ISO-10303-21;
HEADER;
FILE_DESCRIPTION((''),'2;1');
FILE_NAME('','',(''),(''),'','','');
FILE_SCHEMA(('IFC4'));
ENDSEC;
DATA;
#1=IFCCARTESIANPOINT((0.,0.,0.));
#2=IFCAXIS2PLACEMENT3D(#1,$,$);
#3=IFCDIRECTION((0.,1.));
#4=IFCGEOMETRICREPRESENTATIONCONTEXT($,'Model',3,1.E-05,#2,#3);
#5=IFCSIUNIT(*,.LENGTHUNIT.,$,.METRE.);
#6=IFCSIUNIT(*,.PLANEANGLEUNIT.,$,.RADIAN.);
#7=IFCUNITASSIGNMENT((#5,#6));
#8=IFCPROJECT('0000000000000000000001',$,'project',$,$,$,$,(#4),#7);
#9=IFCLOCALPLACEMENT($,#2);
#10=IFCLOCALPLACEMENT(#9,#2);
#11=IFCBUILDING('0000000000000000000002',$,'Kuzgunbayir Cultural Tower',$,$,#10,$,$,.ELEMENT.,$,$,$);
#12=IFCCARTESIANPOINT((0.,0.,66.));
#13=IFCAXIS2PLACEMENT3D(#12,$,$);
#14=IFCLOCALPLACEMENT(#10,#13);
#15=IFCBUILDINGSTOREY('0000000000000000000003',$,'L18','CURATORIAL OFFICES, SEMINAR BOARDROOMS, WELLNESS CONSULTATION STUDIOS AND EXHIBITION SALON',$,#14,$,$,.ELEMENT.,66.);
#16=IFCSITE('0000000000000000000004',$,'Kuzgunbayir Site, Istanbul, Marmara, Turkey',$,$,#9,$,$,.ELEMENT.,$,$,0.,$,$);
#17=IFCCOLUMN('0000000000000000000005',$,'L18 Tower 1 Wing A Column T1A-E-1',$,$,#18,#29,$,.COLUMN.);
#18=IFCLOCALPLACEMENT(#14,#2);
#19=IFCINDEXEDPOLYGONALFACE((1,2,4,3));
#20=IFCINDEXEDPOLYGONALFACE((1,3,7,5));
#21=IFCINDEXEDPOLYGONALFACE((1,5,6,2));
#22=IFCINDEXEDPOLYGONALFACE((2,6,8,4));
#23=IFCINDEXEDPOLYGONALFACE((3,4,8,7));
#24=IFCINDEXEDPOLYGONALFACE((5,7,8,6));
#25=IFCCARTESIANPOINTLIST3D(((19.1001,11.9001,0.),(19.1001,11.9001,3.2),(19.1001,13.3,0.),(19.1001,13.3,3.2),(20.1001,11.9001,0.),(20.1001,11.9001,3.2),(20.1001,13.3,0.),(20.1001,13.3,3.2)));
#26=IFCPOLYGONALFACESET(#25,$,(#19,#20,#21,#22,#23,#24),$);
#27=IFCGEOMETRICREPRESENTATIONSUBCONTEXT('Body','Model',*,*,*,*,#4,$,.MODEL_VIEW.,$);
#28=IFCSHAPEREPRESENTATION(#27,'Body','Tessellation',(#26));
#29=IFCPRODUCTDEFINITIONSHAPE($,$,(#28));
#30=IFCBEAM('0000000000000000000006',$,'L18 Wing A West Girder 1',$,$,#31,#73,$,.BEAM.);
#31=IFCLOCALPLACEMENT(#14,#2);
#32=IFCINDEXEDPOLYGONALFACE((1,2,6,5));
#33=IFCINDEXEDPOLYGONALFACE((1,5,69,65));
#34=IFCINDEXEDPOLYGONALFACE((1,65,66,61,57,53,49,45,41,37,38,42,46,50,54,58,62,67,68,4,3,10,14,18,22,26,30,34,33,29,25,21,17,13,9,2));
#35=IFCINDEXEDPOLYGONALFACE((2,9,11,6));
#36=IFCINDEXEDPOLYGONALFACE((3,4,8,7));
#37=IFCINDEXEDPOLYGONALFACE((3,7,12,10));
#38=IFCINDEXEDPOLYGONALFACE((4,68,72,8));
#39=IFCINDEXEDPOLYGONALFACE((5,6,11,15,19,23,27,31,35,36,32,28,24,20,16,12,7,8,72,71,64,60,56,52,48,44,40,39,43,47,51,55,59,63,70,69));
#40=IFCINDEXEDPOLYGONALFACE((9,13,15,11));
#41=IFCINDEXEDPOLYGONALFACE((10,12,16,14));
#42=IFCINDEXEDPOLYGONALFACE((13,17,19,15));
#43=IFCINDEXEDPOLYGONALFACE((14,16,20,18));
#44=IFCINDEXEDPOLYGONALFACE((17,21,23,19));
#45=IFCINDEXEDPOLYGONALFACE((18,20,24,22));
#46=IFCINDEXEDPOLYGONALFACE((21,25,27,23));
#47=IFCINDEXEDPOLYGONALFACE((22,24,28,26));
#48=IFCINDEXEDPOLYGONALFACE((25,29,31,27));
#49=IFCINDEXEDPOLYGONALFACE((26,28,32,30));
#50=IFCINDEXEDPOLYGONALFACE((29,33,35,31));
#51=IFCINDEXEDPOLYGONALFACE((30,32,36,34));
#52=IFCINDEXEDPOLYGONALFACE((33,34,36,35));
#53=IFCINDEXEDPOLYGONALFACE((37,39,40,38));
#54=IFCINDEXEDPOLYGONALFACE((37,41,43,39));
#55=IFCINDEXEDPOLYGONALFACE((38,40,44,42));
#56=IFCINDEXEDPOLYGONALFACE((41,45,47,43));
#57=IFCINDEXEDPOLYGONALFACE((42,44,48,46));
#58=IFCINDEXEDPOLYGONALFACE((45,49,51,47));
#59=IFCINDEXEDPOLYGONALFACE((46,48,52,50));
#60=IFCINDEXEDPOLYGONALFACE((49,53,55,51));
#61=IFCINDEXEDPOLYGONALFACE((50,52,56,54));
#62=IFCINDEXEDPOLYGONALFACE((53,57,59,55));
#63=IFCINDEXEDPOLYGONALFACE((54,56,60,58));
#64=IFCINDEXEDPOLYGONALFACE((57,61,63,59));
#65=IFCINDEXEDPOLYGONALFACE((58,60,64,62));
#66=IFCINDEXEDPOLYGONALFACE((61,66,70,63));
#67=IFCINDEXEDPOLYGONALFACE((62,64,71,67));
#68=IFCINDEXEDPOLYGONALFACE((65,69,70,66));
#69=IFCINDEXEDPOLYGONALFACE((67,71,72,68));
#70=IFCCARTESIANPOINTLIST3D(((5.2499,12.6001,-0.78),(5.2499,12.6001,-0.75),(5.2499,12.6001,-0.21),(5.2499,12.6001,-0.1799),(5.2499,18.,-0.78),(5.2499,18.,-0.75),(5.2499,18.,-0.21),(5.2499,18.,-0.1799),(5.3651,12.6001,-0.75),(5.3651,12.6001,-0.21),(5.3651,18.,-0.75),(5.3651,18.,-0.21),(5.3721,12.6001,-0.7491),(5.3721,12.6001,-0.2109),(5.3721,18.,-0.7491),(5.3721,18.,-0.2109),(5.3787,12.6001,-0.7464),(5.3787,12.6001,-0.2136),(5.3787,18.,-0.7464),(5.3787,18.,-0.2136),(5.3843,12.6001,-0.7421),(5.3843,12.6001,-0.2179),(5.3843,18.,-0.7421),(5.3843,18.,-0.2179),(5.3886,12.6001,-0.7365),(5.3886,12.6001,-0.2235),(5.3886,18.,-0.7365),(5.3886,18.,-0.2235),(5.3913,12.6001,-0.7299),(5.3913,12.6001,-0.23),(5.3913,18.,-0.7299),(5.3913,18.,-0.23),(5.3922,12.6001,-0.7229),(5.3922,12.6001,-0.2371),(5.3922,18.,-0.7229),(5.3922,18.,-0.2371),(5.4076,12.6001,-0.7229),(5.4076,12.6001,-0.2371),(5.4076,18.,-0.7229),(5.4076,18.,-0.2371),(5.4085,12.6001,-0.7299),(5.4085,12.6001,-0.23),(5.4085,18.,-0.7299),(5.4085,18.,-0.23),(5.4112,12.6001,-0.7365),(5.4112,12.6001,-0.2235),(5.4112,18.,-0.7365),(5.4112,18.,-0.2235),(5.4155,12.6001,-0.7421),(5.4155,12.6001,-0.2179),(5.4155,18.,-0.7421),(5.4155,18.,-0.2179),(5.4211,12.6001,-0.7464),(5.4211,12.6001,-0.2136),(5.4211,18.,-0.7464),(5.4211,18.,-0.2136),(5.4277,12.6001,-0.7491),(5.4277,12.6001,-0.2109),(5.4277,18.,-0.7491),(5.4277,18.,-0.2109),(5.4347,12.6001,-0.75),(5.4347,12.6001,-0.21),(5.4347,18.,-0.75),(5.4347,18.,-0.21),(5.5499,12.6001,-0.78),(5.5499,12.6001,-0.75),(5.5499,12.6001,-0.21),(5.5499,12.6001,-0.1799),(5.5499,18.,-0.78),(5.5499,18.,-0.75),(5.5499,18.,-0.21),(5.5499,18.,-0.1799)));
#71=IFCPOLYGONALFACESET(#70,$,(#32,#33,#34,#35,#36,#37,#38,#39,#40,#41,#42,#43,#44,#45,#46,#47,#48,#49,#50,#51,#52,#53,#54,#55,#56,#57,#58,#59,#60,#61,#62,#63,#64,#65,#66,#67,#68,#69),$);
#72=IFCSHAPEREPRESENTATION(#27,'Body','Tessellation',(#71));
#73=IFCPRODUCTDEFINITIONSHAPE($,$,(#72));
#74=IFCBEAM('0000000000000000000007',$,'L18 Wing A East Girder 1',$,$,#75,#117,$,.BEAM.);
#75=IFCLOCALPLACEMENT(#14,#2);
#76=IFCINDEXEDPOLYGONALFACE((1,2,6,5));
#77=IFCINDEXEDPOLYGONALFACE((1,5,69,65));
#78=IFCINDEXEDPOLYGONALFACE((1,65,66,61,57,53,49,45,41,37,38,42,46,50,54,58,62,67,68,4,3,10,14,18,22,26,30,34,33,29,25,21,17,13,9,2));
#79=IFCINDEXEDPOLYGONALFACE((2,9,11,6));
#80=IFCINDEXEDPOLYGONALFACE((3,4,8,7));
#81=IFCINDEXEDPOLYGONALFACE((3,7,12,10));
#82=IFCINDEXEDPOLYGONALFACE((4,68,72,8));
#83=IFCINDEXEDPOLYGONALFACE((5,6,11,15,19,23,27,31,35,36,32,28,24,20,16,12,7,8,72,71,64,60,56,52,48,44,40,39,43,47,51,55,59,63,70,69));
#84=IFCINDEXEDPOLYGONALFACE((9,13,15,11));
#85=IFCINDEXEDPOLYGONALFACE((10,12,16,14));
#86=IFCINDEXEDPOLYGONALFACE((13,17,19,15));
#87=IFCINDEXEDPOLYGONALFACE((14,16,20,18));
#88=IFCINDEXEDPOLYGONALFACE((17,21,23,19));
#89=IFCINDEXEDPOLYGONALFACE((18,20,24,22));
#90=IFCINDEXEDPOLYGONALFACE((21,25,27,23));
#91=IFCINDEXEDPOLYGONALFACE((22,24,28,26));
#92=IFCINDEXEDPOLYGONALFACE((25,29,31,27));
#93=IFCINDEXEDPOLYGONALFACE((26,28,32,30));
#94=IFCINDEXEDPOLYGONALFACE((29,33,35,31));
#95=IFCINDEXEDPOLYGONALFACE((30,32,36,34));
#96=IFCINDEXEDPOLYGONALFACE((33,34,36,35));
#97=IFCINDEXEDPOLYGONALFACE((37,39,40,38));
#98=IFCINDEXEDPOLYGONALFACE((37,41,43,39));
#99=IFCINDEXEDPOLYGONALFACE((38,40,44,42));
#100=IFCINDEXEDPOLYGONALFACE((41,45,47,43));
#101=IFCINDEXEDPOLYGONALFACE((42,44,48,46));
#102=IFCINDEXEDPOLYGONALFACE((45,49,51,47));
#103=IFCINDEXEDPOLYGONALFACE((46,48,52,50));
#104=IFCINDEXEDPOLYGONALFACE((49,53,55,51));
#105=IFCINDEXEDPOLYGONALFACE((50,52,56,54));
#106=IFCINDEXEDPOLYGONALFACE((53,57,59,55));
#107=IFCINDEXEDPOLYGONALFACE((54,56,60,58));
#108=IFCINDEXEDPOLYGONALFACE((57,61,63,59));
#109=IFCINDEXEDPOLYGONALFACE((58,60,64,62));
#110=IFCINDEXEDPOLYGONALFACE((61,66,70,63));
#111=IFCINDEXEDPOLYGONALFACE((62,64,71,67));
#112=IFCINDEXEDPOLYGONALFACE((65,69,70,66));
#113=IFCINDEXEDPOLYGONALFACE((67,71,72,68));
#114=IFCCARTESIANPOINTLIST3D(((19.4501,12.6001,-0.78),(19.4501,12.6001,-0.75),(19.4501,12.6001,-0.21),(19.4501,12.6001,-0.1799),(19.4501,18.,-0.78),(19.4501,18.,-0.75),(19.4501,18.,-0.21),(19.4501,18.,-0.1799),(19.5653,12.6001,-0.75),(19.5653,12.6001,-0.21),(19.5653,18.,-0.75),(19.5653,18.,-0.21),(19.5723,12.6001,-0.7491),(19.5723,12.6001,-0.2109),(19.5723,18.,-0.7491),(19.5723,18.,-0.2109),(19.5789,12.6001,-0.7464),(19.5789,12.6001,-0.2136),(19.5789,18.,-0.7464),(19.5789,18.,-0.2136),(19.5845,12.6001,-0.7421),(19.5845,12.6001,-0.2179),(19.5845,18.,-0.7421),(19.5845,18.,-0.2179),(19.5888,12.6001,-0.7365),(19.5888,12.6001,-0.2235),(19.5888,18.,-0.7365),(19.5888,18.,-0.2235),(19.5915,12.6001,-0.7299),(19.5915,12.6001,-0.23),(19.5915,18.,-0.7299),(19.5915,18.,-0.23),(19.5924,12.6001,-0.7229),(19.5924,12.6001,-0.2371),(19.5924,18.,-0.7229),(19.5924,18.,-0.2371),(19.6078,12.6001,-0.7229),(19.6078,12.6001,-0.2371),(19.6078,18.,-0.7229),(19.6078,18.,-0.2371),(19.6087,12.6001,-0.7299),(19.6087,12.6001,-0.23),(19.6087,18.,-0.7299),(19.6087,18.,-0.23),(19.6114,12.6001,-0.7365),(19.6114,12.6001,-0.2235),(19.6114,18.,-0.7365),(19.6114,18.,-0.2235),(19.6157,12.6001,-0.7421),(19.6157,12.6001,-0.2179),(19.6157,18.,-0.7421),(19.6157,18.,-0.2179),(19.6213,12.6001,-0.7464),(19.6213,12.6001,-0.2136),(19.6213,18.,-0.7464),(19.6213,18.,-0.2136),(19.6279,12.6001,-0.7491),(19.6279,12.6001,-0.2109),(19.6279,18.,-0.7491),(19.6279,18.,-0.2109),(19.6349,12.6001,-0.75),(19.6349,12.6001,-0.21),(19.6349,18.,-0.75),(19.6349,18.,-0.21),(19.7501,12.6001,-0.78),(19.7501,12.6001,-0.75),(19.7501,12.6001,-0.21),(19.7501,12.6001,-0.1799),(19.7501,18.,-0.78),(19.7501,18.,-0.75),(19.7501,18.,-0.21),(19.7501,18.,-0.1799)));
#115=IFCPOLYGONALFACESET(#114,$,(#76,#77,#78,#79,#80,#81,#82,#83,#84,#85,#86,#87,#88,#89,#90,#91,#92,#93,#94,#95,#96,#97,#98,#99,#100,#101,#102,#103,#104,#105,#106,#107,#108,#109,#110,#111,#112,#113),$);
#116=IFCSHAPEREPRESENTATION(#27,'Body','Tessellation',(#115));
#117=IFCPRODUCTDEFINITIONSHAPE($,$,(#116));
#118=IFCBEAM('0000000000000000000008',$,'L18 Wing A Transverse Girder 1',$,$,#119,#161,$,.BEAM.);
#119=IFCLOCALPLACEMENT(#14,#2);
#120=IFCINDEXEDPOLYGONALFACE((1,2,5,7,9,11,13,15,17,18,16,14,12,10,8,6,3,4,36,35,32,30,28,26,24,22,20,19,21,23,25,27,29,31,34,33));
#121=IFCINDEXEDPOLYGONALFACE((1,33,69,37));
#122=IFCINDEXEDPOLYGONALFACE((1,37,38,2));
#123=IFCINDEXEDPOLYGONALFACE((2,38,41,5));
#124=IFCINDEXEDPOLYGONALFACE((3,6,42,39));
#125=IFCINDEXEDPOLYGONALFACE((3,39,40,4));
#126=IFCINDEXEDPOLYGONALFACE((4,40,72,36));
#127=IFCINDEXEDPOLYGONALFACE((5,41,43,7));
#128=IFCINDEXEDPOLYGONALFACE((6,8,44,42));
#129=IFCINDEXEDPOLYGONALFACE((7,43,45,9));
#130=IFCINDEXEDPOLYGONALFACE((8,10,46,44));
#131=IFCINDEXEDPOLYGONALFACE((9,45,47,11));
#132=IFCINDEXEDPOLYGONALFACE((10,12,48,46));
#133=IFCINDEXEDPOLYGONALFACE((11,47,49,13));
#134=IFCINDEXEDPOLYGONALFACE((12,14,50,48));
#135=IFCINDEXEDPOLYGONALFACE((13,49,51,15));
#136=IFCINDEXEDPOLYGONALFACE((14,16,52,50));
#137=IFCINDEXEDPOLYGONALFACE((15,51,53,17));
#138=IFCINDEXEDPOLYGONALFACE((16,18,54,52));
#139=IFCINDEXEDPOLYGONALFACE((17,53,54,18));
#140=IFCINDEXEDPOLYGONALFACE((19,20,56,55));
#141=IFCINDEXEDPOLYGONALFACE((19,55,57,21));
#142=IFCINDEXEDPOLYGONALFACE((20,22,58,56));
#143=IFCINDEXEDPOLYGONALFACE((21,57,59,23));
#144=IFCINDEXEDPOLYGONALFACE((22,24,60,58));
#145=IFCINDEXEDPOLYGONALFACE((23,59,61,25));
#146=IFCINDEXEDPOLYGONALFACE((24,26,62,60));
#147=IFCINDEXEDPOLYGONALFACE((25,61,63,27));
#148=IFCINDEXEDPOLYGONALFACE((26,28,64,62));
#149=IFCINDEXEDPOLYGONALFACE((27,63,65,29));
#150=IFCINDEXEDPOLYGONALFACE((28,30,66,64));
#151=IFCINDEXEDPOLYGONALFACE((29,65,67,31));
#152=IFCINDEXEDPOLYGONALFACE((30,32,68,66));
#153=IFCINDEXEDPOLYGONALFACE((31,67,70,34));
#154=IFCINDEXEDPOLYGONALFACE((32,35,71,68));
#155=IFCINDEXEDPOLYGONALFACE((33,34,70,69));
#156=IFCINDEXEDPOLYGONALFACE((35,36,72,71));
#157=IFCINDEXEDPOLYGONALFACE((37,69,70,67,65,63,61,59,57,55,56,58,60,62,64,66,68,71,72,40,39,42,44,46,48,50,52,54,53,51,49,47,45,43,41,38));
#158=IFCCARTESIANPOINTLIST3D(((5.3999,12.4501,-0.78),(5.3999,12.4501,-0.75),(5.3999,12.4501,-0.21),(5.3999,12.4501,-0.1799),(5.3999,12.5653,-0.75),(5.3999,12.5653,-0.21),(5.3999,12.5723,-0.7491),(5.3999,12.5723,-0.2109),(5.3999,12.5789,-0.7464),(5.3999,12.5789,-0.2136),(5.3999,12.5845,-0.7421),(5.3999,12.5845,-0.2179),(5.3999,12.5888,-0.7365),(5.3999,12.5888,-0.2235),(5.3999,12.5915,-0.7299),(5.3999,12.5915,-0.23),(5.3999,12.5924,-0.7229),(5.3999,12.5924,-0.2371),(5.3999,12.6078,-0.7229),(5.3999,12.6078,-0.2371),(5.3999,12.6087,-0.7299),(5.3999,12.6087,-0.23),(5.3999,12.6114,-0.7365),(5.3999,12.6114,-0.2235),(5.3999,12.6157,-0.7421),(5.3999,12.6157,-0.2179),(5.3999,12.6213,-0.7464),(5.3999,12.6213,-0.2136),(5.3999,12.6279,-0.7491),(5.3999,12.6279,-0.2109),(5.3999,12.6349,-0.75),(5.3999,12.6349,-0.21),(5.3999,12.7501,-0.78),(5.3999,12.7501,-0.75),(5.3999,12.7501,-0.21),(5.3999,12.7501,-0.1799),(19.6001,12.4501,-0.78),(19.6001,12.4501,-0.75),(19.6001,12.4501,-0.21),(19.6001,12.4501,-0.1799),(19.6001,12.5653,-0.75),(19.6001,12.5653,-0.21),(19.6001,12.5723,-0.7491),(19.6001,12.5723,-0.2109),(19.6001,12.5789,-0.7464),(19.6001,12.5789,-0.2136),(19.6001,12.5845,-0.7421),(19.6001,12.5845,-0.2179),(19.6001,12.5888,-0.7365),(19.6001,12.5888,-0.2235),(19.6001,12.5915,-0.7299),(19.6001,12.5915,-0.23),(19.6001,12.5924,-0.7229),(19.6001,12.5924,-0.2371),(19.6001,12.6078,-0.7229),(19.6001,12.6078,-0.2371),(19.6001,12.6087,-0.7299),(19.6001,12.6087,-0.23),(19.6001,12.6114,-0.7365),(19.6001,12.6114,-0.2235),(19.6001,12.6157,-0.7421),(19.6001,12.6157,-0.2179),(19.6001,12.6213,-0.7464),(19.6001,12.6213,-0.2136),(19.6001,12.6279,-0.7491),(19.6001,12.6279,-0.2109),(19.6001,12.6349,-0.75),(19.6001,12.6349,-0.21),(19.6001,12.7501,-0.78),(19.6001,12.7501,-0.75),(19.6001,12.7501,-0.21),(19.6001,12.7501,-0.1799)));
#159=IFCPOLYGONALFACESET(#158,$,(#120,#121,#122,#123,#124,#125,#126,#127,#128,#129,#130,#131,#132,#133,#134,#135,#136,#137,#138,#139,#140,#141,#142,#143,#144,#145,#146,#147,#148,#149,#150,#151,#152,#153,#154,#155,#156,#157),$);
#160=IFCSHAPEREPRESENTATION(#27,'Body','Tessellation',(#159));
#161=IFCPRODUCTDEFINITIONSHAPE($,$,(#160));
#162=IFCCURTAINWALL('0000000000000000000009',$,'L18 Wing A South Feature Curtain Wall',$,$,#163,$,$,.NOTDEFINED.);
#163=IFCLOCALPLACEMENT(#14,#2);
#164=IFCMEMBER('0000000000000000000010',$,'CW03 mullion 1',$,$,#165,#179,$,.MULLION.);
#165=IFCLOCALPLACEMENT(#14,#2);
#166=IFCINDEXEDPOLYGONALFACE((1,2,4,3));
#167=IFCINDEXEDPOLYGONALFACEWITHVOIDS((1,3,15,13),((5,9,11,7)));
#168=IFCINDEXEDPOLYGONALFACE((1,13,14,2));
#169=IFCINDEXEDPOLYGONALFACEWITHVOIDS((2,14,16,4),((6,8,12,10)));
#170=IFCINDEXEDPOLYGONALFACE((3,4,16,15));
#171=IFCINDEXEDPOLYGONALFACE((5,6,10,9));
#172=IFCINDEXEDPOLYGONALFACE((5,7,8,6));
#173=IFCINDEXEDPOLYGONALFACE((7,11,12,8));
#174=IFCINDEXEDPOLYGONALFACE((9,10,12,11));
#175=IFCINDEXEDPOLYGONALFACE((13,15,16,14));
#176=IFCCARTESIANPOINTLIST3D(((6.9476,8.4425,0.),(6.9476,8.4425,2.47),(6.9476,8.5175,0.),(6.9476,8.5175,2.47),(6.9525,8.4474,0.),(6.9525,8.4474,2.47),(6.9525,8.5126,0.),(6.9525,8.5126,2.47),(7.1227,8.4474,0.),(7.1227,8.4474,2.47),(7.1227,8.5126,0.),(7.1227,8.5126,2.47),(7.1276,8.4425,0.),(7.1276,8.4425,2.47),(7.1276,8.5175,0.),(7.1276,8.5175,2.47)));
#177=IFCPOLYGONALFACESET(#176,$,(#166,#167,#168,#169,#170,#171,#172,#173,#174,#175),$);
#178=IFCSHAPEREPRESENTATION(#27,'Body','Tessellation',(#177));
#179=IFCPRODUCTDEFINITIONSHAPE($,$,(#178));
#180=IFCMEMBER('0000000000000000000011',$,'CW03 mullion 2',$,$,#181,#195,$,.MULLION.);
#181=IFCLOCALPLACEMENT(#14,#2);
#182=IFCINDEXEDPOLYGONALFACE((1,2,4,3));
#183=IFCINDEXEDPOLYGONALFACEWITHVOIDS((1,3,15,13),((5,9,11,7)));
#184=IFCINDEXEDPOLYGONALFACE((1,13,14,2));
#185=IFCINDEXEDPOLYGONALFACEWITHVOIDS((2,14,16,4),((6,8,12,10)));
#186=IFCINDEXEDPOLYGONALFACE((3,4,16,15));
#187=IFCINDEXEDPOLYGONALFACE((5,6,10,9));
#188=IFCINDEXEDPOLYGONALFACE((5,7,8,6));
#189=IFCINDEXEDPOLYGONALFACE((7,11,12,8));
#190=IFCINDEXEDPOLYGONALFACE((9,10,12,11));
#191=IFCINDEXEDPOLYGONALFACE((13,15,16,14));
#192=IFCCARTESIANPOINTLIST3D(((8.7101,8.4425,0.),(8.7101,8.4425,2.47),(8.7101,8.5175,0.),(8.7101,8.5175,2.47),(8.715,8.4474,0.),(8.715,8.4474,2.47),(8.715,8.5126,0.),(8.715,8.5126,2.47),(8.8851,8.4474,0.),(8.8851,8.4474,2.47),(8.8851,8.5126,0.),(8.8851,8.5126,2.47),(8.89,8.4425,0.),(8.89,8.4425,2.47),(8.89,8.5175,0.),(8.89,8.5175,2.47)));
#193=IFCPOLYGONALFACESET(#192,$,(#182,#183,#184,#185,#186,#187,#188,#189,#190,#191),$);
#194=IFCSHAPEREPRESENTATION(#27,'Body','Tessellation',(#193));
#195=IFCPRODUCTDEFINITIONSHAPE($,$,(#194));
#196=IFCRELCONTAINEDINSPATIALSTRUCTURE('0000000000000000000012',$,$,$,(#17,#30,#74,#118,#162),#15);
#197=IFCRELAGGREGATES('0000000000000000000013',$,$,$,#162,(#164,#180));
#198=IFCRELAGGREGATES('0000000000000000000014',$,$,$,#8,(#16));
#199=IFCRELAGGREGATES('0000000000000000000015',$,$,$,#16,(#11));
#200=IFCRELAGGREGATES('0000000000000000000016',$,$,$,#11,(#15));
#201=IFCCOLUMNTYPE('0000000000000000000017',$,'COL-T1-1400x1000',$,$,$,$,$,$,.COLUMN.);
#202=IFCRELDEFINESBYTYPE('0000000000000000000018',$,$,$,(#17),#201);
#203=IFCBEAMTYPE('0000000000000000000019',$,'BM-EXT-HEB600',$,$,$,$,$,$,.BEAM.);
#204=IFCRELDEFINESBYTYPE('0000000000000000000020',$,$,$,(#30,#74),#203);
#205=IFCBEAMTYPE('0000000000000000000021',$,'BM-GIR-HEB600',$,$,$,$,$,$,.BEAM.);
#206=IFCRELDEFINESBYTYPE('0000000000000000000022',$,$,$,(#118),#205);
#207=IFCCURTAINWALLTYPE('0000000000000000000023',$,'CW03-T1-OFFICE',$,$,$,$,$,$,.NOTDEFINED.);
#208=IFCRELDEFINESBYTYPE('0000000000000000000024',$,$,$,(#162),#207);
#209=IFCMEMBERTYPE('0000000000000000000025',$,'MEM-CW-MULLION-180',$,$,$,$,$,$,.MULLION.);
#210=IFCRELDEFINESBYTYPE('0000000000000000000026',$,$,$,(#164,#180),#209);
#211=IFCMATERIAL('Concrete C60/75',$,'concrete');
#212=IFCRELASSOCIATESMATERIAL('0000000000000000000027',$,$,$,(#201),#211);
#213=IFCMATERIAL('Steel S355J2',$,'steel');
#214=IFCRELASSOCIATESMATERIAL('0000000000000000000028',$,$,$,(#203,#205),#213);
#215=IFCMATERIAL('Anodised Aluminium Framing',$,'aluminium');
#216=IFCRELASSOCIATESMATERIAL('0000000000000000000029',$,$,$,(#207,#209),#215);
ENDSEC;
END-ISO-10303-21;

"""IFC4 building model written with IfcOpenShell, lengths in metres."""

from ifc_helpers import new_model, si_unit, direction, frame, origin, origin_2d, place, context, subcontext, project, spatial, rectangle, hollow_rectangle, i_section, extrude, material, material_profile, profile_set, type_object, element, aggregate, save


model = new_model("IFC4")

# Units and contexts
model_context = context("Model", 3, precision=1e-05, world=origin(), true_north=direction((0.0, 1.0)))
body_context = subcontext(model_context, "Body", "Model", "MODEL_VIEW")
ifc_project = project(units=[si_unit("LENGTHUNIT", "METRE"), si_unit("PLANEANGLEUNIT", "RADIAN")], contexts=[model_context])

# Site, building, storey
site_placement = place(None, origin())
site = spatial("IfcSite", under=ifc_project, at=site_placement, Name="Kuzgunbayir Site, Istanbul, Marmara, Turkey", CompositionType="ELEMENT", RefElevation=0.0)
building_placement = place(site_placement, origin())
building = spatial("IfcBuilding", under=site, at=building_placement, Name="Kuzgunbayir Cultural Tower", CompositionType="ELEMENT")
storey_placement = place(building_placement, frame((0.0, 0.0, 66.0)))
storey = spatial("IfcBuildingStorey", under=building, at=storey_placement, Name="L18", Description="CURATORIAL OFFICES, SEMINAR BOARDROOMS, WELLNESS CONSULTATION STUDIOS AND EXHIBITION SALON", CompositionType="ELEMENT", Elevation=66.0)

# Column
ifc_material_1 = material(Name="Concrete C60/75", Category="concrete")
ifc_material_profile_1 = material_profile(ifc_material_1, rectangle(XDim=1.0, YDim=1.3999, at=origin_2d()), Name="RC 1400x1000")
ifc_profile_set_1 = profile_set([ifc_material_profile_1], Name="Concrete C60/75")
column_type = type_object("IfcColumnType", Name="COL-T1-1400x1000", PredefinedType="COLUMN", material=ifc_profile_set_1)
column_placement = place(storey_placement, frame((19.6001, 12.6001, 0.0), z_axis=(0.0, 0.0, 1.0), x_axis=(1.0, 0.0, 0.0)))
element("IfcColumn", 1, at=column_placement, inside=storey, type_object=column_type, Name="L18 Tower 1 Wing A Column T1A-E-1", PredefinedType="COLUMN", context=body_context, shape_type="SweptSolid", body=[
    extrude(rectangle(XDim=1.0, YDim=1.3999, at=origin_2d()), origin(), (0.0, 0.0, 1.0), 3.2),
])

# Beams
ifc_material_2 = material(Name="Steel S355J2", Category="steel")
ifc_material_profile_2 = material_profile(ifc_material_2, i_section(OverallWidth=0.3, OverallDepth=0.6001, WebThickness=0.0154, FlangeThickness=0.03, FilletRadius=0.0271, at=origin_2d()), Name="HEB 600")
ifc_profile_set_2 = profile_set([ifc_material_profile_2], Name="Steel S355J2")
beam_type_1 = type_object("IfcBeamType", Name="BM-EXT-HEB600", PredefinedType="BEAM", material=ifc_profile_set_2)
for number, where, z_axis, x_axis, name in (
    (2, (5.3999, 12.6001, -0.48), (0.0, 1.0, 0.0), (-1.0, 0.0, 0.0), "L18 Wing A West Girder 1"),
    (3, (19.6001, 12.6001, -0.48), (0.0, 1.0, 0.0), (-1.0, 0.0, 0.0), "L18 Wing A East Girder 1"),
):
    element("IfcBeam", number, at=place(storey_placement, frame(where, z_axis=z_axis, x_axis=x_axis)), inside=storey, type_object=beam_type_1, Name=name, PredefinedType="BEAM", context=body_context, shape_type="SweptSolid", body=[
        extrude(i_section(OverallWidth=0.3, OverallDepth=0.6001, WebThickness=0.0154, FlangeThickness=0.03, FilletRadius=0.0271, at=origin_2d()), origin(), (0.0, 0.0, 1.0), 5.3999),
    ])
ifc_material_profile_3 = material_profile(ifc_material_2, i_section(OverallWidth=0.3, OverallDepth=0.6001, WebThickness=0.0154, FlangeThickness=0.03, FilletRadius=0.0271, at=origin_2d()), Name="HEB 600")
ifc_profile_set_3 = profile_set([ifc_material_profile_3], Name="Steel S355J2")
beam_type_2 = type_object("IfcBeamType", Name="BM-GIR-HEB600", PredefinedType="BEAM", material=ifc_profile_set_3)
beam_placement = place(storey_placement, frame((5.3999, 12.6001, -0.48), z_axis=(1.0, 0.0, 0.0), x_axis=(0.0, 1.0, 0.0)))
element("IfcBeam", 4, at=beam_placement, inside=storey, type_object=beam_type_2, Name="L18 Wing A Transverse Girder 1", PredefinedType="BEAM", context=body_context, shape_type="SweptSolid", body=[
    extrude(i_section(OverallWidth=0.3, OverallDepth=0.6001, WebThickness=0.0154, FlangeThickness=0.03, FilletRadius=0.0271, at=origin_2d()), origin(), (0.0, 0.0, 1.0), 14.2002),
])

# Curtain wall, members
ifc_material_3 = material(Name="Anodised Aluminium Framing", Category="aluminium")
curtain_wall_type = type_object("IfcCurtainWallType", Name="CW03-T1-OFFICE", PredefinedType="NOTDEFINED", material=ifc_material_3)
curtain_wall_placement = place(storey_placement, origin())
curtain_wall = element("IfcCurtainWall", 5, at=curtain_wall_placement, inside=storey, type_object=curtain_wall_type, Name="L18 Wing A South Feature Curtain Wall", PredefinedType="NOTDEFINED")
ifc_material_profile_4 = material_profile(ifc_material_3, hollow_rectangle(XDim=0.075, YDim=0.1799, WallThickness=0.0049, at=origin_2d()), Name="RHS 180x75x5")
ifc_profile_set_4 = profile_set([ifc_material_profile_4], Name="Anodised Aluminium Framing")
member_type_1 = type_object("IfcMemberType", Name="MEM-CW-MULLION-180", PredefinedType="MULLION", material=ifc_profile_set_4)
member_1_placement = place(storey_placement, frame((7.0376, 8.48, 0.0), z_axis=(0.0, 0.0, 1.0), x_axis=(0.0, 1.0, 0.0)))
member_1 = element("IfcMember", 6, at=member_1_placement, type_object=member_type_1, Name="CW03 mullion 1", PredefinedType="MULLION", context=body_context, shape_type="SweptSolid", body=[
    extrude(hollow_rectangle(XDim=0.075, YDim=0.1799, WallThickness=0.0049, at=origin_2d()), origin(), (0.0, 0.0, 1.0), 2.47),
])
member_2_placement = place(storey_placement, frame((8.8, 8.48, 0.0), z_axis=(0.0, 0.0, 1.0), x_axis=(0.0, 1.0, 0.0)))
member_2 = element("IfcMember", 7, at=member_2_placement, type_object=member_type_1, Name="CW03 mullion 2", PredefinedType="MULLION", context=body_context, shape_type="SweptSolid", body=[
    extrude(hollow_rectangle(XDim=0.075, YDim=0.1799, WallThickness=0.0049, at=origin_2d()), origin(), (0.0, 0.0, 1.0), 2.47),
])
aggregate(curtain_wall, [member_1, member_2])

save(model, "model.ifc")
